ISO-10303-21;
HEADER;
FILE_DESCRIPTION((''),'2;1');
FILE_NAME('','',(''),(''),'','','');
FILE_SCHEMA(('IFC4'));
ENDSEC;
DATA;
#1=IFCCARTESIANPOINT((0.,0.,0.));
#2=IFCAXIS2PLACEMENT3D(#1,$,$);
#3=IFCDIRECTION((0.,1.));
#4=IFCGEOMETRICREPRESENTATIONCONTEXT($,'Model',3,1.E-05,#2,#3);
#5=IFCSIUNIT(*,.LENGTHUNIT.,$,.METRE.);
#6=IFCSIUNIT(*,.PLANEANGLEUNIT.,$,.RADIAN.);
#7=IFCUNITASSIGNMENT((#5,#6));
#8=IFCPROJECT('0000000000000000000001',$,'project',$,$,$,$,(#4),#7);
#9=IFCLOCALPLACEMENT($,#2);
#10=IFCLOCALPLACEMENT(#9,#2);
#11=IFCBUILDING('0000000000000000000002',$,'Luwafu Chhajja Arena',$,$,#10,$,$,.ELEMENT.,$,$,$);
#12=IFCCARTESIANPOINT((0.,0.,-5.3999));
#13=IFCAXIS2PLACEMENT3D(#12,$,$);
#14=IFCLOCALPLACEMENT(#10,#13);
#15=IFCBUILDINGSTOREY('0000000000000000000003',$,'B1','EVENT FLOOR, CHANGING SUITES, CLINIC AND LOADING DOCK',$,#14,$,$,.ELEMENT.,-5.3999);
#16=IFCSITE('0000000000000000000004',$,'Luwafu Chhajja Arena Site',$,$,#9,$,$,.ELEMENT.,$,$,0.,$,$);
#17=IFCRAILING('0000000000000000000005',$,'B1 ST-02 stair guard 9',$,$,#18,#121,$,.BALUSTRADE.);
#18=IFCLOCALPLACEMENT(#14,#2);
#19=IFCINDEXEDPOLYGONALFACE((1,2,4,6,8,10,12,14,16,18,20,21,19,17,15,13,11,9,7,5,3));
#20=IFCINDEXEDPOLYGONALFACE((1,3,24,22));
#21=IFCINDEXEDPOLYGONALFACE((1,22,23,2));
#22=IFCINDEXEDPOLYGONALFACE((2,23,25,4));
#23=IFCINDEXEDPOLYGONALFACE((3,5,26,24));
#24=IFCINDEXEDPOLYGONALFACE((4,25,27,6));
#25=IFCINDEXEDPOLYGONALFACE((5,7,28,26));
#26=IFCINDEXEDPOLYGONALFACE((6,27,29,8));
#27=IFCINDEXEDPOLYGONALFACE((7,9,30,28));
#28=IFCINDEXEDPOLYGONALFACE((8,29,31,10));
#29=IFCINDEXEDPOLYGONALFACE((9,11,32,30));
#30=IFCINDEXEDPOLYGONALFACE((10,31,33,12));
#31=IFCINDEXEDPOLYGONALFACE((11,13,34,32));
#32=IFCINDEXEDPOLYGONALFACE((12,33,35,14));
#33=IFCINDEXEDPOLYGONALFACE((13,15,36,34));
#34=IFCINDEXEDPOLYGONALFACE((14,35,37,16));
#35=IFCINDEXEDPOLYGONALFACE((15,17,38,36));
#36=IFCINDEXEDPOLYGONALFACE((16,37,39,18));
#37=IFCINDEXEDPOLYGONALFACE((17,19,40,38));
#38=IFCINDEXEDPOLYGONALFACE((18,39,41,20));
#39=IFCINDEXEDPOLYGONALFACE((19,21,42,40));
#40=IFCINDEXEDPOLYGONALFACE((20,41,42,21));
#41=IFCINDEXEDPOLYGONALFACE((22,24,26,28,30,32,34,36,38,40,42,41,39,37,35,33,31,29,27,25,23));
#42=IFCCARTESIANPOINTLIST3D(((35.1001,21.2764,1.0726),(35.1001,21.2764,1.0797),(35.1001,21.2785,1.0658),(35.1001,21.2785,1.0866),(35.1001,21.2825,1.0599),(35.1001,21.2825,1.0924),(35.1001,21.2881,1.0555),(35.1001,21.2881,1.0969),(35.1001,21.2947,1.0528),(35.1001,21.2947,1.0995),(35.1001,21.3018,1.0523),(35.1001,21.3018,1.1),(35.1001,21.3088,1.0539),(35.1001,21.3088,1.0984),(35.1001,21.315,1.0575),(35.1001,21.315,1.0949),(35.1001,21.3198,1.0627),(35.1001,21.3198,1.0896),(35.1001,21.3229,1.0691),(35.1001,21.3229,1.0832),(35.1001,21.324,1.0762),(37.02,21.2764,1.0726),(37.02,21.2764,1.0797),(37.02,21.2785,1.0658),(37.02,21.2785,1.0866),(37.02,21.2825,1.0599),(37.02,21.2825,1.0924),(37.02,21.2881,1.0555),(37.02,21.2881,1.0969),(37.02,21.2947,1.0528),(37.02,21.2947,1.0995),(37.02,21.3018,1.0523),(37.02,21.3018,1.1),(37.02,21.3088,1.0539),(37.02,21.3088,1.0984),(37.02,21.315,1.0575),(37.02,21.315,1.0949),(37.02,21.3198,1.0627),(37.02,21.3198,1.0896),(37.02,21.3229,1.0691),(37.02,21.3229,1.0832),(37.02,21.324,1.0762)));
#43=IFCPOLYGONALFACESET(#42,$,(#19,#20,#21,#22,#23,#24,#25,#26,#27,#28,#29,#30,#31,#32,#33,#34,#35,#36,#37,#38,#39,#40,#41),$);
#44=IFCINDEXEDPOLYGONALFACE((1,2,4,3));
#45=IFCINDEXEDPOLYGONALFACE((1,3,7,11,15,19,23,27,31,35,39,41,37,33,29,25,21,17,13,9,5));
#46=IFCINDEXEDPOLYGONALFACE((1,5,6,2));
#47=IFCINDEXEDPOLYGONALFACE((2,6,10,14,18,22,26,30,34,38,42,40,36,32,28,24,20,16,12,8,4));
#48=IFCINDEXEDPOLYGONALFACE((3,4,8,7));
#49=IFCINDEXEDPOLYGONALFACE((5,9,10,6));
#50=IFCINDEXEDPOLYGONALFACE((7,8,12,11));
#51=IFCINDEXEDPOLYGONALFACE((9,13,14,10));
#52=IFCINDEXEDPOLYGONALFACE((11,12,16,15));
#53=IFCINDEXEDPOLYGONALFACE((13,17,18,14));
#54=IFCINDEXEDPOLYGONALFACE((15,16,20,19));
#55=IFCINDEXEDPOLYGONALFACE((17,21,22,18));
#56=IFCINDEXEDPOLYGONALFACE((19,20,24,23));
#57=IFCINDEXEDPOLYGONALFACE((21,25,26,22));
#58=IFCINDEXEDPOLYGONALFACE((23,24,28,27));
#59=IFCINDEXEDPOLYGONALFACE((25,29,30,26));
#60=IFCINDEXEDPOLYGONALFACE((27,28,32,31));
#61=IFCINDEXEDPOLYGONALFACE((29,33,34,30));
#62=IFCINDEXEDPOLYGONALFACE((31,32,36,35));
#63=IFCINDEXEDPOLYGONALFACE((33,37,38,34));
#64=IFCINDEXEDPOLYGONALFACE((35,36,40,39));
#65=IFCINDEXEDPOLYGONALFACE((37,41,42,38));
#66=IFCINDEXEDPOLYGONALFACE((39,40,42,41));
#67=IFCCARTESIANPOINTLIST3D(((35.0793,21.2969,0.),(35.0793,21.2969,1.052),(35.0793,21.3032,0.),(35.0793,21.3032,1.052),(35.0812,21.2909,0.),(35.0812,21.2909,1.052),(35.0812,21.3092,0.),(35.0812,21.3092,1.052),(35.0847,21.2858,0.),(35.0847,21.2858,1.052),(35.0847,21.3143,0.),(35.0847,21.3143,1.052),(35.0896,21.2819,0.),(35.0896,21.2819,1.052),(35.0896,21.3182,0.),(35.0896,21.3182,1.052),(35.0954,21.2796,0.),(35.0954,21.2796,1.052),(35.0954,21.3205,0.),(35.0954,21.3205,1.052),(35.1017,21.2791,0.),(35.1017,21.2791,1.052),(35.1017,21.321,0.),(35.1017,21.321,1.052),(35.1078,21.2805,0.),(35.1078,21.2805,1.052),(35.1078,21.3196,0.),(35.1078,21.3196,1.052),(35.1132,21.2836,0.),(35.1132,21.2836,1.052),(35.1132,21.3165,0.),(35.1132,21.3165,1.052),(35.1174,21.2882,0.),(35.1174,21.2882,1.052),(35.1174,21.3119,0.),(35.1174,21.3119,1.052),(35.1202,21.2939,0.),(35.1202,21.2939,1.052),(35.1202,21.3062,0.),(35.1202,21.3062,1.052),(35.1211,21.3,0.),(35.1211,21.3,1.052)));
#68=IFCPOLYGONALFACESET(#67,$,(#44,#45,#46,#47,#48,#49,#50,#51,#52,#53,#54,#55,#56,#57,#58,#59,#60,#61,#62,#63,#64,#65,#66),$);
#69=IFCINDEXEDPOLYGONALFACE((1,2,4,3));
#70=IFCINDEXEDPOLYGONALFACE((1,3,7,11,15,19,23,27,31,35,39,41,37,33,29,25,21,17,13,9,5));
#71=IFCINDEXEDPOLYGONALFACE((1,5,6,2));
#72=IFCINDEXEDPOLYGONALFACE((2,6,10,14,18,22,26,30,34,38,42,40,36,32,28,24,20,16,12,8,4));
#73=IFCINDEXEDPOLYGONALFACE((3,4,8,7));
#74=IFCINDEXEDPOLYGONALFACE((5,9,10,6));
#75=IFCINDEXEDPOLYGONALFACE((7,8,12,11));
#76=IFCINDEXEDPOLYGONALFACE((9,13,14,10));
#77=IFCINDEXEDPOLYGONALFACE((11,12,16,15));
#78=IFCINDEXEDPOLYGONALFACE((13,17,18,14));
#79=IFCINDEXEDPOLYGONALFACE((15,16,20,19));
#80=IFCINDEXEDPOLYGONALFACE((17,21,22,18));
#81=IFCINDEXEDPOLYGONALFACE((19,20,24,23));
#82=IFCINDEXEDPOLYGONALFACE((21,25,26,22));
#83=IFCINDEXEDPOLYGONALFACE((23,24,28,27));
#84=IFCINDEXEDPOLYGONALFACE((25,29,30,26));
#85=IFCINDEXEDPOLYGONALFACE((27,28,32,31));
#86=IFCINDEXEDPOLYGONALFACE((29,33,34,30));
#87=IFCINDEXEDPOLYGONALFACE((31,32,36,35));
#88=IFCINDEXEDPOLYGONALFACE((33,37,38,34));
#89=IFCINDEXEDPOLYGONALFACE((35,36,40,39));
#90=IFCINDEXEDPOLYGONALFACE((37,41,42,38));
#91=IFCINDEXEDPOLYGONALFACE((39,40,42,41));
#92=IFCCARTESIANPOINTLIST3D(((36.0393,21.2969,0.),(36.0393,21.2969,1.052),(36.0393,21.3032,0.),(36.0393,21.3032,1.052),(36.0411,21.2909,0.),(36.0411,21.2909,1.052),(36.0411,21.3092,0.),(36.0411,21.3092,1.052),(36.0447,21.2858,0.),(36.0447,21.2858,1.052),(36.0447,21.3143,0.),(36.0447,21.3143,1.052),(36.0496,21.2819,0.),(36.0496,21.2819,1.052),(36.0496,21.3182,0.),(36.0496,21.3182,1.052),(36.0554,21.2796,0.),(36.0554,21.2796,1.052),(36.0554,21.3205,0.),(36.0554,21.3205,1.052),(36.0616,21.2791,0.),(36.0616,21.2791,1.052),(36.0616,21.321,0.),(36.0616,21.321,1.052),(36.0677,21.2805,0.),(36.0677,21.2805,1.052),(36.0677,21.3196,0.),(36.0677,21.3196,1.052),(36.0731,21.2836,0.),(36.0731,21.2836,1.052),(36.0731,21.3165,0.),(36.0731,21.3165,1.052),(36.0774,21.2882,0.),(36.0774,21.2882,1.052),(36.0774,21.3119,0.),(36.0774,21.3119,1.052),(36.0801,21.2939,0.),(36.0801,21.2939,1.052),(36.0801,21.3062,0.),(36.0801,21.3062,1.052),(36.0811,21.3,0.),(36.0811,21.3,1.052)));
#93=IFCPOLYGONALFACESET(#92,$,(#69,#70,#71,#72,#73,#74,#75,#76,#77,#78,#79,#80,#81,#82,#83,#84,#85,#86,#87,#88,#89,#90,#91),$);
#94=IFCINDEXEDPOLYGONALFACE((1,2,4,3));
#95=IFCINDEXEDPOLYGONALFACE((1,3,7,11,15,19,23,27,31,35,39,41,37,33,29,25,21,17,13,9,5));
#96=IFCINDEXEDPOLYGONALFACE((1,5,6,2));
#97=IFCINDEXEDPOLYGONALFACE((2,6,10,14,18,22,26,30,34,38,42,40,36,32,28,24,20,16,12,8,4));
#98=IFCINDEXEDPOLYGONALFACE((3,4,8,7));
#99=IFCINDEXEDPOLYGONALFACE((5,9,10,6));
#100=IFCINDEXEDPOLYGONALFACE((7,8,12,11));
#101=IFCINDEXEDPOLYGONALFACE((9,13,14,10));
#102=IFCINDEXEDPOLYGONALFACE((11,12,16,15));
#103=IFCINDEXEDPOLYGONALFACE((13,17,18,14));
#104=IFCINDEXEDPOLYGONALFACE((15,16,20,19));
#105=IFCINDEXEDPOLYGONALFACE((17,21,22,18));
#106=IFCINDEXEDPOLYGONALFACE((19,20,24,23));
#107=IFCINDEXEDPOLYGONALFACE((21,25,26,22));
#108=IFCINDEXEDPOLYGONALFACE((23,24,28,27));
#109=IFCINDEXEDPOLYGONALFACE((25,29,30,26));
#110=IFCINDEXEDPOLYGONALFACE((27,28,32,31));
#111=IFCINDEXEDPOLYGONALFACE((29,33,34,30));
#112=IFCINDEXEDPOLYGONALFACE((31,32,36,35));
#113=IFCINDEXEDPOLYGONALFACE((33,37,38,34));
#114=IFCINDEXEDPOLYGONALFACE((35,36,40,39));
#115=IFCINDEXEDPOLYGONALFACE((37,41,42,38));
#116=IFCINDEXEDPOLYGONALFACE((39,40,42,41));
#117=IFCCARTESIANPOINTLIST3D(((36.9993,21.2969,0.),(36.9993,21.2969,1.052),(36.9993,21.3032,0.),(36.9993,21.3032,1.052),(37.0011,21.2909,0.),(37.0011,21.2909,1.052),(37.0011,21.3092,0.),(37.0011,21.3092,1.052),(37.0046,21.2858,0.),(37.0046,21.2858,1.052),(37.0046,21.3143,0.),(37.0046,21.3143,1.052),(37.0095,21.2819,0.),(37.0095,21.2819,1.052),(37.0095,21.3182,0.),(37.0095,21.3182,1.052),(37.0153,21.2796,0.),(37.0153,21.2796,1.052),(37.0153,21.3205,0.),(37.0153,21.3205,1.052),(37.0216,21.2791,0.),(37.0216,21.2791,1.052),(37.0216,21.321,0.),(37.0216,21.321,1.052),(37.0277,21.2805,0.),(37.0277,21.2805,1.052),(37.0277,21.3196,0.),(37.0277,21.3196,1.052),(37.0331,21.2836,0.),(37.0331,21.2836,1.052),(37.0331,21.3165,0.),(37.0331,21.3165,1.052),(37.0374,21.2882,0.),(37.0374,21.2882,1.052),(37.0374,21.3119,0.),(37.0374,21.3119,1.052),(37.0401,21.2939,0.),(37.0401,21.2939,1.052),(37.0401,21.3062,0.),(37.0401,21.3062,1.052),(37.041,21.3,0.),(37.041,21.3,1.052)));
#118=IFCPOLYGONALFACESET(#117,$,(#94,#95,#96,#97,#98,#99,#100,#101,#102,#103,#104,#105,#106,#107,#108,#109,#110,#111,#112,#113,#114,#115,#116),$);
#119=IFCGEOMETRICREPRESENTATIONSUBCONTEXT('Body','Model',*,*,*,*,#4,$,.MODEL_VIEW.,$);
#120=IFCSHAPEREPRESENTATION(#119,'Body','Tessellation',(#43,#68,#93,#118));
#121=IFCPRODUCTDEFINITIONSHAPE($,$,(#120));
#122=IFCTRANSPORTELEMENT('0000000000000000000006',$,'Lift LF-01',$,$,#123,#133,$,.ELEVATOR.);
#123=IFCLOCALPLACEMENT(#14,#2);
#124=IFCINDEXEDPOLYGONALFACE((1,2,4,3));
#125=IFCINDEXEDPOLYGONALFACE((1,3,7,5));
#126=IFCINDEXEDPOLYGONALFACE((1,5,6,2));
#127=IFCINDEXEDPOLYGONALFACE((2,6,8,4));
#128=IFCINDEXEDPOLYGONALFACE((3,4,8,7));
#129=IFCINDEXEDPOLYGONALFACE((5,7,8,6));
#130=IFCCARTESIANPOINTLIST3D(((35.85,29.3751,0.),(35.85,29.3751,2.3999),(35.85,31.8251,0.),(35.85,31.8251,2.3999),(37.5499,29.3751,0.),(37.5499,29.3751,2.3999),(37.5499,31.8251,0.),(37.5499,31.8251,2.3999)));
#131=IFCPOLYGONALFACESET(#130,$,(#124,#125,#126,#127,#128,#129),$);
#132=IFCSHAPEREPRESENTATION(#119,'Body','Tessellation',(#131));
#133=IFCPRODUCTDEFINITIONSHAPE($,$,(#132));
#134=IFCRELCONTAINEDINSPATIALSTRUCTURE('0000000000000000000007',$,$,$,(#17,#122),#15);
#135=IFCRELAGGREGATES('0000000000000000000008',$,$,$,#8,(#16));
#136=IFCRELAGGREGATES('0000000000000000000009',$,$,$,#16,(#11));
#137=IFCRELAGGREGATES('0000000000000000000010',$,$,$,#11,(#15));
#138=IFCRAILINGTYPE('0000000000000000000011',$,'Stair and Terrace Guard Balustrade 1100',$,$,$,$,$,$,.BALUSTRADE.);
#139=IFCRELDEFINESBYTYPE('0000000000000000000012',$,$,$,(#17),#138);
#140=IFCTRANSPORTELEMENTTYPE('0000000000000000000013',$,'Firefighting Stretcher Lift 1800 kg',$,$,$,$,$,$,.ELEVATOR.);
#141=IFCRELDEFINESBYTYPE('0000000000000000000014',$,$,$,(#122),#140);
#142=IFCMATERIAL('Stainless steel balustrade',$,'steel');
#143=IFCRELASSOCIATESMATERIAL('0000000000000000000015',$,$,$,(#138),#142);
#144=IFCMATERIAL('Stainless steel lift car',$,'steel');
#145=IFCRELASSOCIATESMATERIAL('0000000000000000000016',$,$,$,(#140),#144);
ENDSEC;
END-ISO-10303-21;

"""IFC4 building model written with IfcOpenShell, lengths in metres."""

from ifc_helpers import new_model, si_unit, direction, frame, origin, origin_2d, place, context, subcontext, project, spatial, rectangle, circle, extrude, material, type_object, element, save


model = new_model("IFC4")

# Units and contexts
model_context = context("Model", 3, precision=1e-05, world=origin(), true_north=direction((0.0, 1.0)))
body_context = subcontext(model_context, "Body", "Model", "MODEL_VIEW")
ifc_project = project(units=[si_unit("LENGTHUNIT", "METRE"), si_unit("PLANEANGLEUNIT", "RADIAN")], contexts=[model_context])

# Site, building, storey
site_placement = place(None, origin())
site = spatial("IfcSite", under=ifc_project, at=site_placement, Name="Luwafu Chhajja Arena Site", CompositionType="ELEMENT", RefElevation=0.0)
building_placement = place(site_placement, origin())
building = spatial("IfcBuilding", under=site, at=building_placement, Name="Luwafu Chhajja Arena", CompositionType="ELEMENT")
storey_placement = place(building_placement, frame((0.0, 0.0, -5.3999)))
storey = spatial("IfcBuildingStorey", under=building, at=storey_placement, Name="B1", Description="EVENT FLOOR, CHANGING SUITES, CLINIC AND LOADING DOCK", CompositionType="ELEMENT", Elevation=-5.3999)

# Railing
ifc_material_1 = material(Name="Stainless steel balustrade", Category="steel")
railing_type = type_object("IfcRailingType", Name="Stair and Terrace Guard Balustrade 1100", PredefinedType="BALUSTRADE", material=ifc_material_1)
railing_placement = place(storey_placement, frame((35.1001, 21.3, 0.0)))
element("IfcRailing", 1, at=railing_placement, inside=storey, type_object=railing_type, Name="B1 ST-02 stair guard 9", PredefinedType="BALUSTRADE", context=body_context, shape_type="SweptSolid", body=[
    extrude(circle(Radius=0.0239, at=origin_2d()), frame((0.0, 0.0, 1.0762), z_axis=(1.0, 0.0, 0.0), x_axis=(0.0, 1.0, 0.0)), (0.0, 0.0, 1.0), 1.9199),
    extrude(circle(Radius=0.021, at=origin_2d()), origin(), (0.0, 0.0, 1.0), 1.052),
    extrude(circle(Radius=0.021, at=origin_2d()), frame((0.96, 0.0, 0.0)), (0.0, 0.0, 1.0), 1.052),
    extrude(circle(Radius=0.021, at=origin_2d()), frame((1.9199, 0.0, 0.0)), (0.0, 0.0, 1.0), 1.052),
])

# Transport element
ifc_material_2 = material(Name="Stainless steel lift car", Category="steel")
transport_element_type = type_object("IfcTransportElementType", Name="Firefighting Stretcher Lift 1800 kg", PredefinedType="ELEVATOR", material=ifc_material_2)
transport_element_placement = place(storey_placement, frame((36.7, 30.6001, 0.0), z_axis=(0.0, 0.0, 1.0), x_axis=(1.0, 0.0, 0.0)))
element("IfcTransportElement", 2, at=transport_element_placement, inside=storey, type_object=transport_element_type, Name="Lift LF-01", PredefinedType="ELEVATOR", context=body_context, shape_type="SweptSolid", body=[
    extrude(rectangle(XDim=1.7, YDim=2.45, at=origin_2d()), origin(), (0.0, 0.0, 1.0), 2.3999),
])

save(model, "model.ifc")
